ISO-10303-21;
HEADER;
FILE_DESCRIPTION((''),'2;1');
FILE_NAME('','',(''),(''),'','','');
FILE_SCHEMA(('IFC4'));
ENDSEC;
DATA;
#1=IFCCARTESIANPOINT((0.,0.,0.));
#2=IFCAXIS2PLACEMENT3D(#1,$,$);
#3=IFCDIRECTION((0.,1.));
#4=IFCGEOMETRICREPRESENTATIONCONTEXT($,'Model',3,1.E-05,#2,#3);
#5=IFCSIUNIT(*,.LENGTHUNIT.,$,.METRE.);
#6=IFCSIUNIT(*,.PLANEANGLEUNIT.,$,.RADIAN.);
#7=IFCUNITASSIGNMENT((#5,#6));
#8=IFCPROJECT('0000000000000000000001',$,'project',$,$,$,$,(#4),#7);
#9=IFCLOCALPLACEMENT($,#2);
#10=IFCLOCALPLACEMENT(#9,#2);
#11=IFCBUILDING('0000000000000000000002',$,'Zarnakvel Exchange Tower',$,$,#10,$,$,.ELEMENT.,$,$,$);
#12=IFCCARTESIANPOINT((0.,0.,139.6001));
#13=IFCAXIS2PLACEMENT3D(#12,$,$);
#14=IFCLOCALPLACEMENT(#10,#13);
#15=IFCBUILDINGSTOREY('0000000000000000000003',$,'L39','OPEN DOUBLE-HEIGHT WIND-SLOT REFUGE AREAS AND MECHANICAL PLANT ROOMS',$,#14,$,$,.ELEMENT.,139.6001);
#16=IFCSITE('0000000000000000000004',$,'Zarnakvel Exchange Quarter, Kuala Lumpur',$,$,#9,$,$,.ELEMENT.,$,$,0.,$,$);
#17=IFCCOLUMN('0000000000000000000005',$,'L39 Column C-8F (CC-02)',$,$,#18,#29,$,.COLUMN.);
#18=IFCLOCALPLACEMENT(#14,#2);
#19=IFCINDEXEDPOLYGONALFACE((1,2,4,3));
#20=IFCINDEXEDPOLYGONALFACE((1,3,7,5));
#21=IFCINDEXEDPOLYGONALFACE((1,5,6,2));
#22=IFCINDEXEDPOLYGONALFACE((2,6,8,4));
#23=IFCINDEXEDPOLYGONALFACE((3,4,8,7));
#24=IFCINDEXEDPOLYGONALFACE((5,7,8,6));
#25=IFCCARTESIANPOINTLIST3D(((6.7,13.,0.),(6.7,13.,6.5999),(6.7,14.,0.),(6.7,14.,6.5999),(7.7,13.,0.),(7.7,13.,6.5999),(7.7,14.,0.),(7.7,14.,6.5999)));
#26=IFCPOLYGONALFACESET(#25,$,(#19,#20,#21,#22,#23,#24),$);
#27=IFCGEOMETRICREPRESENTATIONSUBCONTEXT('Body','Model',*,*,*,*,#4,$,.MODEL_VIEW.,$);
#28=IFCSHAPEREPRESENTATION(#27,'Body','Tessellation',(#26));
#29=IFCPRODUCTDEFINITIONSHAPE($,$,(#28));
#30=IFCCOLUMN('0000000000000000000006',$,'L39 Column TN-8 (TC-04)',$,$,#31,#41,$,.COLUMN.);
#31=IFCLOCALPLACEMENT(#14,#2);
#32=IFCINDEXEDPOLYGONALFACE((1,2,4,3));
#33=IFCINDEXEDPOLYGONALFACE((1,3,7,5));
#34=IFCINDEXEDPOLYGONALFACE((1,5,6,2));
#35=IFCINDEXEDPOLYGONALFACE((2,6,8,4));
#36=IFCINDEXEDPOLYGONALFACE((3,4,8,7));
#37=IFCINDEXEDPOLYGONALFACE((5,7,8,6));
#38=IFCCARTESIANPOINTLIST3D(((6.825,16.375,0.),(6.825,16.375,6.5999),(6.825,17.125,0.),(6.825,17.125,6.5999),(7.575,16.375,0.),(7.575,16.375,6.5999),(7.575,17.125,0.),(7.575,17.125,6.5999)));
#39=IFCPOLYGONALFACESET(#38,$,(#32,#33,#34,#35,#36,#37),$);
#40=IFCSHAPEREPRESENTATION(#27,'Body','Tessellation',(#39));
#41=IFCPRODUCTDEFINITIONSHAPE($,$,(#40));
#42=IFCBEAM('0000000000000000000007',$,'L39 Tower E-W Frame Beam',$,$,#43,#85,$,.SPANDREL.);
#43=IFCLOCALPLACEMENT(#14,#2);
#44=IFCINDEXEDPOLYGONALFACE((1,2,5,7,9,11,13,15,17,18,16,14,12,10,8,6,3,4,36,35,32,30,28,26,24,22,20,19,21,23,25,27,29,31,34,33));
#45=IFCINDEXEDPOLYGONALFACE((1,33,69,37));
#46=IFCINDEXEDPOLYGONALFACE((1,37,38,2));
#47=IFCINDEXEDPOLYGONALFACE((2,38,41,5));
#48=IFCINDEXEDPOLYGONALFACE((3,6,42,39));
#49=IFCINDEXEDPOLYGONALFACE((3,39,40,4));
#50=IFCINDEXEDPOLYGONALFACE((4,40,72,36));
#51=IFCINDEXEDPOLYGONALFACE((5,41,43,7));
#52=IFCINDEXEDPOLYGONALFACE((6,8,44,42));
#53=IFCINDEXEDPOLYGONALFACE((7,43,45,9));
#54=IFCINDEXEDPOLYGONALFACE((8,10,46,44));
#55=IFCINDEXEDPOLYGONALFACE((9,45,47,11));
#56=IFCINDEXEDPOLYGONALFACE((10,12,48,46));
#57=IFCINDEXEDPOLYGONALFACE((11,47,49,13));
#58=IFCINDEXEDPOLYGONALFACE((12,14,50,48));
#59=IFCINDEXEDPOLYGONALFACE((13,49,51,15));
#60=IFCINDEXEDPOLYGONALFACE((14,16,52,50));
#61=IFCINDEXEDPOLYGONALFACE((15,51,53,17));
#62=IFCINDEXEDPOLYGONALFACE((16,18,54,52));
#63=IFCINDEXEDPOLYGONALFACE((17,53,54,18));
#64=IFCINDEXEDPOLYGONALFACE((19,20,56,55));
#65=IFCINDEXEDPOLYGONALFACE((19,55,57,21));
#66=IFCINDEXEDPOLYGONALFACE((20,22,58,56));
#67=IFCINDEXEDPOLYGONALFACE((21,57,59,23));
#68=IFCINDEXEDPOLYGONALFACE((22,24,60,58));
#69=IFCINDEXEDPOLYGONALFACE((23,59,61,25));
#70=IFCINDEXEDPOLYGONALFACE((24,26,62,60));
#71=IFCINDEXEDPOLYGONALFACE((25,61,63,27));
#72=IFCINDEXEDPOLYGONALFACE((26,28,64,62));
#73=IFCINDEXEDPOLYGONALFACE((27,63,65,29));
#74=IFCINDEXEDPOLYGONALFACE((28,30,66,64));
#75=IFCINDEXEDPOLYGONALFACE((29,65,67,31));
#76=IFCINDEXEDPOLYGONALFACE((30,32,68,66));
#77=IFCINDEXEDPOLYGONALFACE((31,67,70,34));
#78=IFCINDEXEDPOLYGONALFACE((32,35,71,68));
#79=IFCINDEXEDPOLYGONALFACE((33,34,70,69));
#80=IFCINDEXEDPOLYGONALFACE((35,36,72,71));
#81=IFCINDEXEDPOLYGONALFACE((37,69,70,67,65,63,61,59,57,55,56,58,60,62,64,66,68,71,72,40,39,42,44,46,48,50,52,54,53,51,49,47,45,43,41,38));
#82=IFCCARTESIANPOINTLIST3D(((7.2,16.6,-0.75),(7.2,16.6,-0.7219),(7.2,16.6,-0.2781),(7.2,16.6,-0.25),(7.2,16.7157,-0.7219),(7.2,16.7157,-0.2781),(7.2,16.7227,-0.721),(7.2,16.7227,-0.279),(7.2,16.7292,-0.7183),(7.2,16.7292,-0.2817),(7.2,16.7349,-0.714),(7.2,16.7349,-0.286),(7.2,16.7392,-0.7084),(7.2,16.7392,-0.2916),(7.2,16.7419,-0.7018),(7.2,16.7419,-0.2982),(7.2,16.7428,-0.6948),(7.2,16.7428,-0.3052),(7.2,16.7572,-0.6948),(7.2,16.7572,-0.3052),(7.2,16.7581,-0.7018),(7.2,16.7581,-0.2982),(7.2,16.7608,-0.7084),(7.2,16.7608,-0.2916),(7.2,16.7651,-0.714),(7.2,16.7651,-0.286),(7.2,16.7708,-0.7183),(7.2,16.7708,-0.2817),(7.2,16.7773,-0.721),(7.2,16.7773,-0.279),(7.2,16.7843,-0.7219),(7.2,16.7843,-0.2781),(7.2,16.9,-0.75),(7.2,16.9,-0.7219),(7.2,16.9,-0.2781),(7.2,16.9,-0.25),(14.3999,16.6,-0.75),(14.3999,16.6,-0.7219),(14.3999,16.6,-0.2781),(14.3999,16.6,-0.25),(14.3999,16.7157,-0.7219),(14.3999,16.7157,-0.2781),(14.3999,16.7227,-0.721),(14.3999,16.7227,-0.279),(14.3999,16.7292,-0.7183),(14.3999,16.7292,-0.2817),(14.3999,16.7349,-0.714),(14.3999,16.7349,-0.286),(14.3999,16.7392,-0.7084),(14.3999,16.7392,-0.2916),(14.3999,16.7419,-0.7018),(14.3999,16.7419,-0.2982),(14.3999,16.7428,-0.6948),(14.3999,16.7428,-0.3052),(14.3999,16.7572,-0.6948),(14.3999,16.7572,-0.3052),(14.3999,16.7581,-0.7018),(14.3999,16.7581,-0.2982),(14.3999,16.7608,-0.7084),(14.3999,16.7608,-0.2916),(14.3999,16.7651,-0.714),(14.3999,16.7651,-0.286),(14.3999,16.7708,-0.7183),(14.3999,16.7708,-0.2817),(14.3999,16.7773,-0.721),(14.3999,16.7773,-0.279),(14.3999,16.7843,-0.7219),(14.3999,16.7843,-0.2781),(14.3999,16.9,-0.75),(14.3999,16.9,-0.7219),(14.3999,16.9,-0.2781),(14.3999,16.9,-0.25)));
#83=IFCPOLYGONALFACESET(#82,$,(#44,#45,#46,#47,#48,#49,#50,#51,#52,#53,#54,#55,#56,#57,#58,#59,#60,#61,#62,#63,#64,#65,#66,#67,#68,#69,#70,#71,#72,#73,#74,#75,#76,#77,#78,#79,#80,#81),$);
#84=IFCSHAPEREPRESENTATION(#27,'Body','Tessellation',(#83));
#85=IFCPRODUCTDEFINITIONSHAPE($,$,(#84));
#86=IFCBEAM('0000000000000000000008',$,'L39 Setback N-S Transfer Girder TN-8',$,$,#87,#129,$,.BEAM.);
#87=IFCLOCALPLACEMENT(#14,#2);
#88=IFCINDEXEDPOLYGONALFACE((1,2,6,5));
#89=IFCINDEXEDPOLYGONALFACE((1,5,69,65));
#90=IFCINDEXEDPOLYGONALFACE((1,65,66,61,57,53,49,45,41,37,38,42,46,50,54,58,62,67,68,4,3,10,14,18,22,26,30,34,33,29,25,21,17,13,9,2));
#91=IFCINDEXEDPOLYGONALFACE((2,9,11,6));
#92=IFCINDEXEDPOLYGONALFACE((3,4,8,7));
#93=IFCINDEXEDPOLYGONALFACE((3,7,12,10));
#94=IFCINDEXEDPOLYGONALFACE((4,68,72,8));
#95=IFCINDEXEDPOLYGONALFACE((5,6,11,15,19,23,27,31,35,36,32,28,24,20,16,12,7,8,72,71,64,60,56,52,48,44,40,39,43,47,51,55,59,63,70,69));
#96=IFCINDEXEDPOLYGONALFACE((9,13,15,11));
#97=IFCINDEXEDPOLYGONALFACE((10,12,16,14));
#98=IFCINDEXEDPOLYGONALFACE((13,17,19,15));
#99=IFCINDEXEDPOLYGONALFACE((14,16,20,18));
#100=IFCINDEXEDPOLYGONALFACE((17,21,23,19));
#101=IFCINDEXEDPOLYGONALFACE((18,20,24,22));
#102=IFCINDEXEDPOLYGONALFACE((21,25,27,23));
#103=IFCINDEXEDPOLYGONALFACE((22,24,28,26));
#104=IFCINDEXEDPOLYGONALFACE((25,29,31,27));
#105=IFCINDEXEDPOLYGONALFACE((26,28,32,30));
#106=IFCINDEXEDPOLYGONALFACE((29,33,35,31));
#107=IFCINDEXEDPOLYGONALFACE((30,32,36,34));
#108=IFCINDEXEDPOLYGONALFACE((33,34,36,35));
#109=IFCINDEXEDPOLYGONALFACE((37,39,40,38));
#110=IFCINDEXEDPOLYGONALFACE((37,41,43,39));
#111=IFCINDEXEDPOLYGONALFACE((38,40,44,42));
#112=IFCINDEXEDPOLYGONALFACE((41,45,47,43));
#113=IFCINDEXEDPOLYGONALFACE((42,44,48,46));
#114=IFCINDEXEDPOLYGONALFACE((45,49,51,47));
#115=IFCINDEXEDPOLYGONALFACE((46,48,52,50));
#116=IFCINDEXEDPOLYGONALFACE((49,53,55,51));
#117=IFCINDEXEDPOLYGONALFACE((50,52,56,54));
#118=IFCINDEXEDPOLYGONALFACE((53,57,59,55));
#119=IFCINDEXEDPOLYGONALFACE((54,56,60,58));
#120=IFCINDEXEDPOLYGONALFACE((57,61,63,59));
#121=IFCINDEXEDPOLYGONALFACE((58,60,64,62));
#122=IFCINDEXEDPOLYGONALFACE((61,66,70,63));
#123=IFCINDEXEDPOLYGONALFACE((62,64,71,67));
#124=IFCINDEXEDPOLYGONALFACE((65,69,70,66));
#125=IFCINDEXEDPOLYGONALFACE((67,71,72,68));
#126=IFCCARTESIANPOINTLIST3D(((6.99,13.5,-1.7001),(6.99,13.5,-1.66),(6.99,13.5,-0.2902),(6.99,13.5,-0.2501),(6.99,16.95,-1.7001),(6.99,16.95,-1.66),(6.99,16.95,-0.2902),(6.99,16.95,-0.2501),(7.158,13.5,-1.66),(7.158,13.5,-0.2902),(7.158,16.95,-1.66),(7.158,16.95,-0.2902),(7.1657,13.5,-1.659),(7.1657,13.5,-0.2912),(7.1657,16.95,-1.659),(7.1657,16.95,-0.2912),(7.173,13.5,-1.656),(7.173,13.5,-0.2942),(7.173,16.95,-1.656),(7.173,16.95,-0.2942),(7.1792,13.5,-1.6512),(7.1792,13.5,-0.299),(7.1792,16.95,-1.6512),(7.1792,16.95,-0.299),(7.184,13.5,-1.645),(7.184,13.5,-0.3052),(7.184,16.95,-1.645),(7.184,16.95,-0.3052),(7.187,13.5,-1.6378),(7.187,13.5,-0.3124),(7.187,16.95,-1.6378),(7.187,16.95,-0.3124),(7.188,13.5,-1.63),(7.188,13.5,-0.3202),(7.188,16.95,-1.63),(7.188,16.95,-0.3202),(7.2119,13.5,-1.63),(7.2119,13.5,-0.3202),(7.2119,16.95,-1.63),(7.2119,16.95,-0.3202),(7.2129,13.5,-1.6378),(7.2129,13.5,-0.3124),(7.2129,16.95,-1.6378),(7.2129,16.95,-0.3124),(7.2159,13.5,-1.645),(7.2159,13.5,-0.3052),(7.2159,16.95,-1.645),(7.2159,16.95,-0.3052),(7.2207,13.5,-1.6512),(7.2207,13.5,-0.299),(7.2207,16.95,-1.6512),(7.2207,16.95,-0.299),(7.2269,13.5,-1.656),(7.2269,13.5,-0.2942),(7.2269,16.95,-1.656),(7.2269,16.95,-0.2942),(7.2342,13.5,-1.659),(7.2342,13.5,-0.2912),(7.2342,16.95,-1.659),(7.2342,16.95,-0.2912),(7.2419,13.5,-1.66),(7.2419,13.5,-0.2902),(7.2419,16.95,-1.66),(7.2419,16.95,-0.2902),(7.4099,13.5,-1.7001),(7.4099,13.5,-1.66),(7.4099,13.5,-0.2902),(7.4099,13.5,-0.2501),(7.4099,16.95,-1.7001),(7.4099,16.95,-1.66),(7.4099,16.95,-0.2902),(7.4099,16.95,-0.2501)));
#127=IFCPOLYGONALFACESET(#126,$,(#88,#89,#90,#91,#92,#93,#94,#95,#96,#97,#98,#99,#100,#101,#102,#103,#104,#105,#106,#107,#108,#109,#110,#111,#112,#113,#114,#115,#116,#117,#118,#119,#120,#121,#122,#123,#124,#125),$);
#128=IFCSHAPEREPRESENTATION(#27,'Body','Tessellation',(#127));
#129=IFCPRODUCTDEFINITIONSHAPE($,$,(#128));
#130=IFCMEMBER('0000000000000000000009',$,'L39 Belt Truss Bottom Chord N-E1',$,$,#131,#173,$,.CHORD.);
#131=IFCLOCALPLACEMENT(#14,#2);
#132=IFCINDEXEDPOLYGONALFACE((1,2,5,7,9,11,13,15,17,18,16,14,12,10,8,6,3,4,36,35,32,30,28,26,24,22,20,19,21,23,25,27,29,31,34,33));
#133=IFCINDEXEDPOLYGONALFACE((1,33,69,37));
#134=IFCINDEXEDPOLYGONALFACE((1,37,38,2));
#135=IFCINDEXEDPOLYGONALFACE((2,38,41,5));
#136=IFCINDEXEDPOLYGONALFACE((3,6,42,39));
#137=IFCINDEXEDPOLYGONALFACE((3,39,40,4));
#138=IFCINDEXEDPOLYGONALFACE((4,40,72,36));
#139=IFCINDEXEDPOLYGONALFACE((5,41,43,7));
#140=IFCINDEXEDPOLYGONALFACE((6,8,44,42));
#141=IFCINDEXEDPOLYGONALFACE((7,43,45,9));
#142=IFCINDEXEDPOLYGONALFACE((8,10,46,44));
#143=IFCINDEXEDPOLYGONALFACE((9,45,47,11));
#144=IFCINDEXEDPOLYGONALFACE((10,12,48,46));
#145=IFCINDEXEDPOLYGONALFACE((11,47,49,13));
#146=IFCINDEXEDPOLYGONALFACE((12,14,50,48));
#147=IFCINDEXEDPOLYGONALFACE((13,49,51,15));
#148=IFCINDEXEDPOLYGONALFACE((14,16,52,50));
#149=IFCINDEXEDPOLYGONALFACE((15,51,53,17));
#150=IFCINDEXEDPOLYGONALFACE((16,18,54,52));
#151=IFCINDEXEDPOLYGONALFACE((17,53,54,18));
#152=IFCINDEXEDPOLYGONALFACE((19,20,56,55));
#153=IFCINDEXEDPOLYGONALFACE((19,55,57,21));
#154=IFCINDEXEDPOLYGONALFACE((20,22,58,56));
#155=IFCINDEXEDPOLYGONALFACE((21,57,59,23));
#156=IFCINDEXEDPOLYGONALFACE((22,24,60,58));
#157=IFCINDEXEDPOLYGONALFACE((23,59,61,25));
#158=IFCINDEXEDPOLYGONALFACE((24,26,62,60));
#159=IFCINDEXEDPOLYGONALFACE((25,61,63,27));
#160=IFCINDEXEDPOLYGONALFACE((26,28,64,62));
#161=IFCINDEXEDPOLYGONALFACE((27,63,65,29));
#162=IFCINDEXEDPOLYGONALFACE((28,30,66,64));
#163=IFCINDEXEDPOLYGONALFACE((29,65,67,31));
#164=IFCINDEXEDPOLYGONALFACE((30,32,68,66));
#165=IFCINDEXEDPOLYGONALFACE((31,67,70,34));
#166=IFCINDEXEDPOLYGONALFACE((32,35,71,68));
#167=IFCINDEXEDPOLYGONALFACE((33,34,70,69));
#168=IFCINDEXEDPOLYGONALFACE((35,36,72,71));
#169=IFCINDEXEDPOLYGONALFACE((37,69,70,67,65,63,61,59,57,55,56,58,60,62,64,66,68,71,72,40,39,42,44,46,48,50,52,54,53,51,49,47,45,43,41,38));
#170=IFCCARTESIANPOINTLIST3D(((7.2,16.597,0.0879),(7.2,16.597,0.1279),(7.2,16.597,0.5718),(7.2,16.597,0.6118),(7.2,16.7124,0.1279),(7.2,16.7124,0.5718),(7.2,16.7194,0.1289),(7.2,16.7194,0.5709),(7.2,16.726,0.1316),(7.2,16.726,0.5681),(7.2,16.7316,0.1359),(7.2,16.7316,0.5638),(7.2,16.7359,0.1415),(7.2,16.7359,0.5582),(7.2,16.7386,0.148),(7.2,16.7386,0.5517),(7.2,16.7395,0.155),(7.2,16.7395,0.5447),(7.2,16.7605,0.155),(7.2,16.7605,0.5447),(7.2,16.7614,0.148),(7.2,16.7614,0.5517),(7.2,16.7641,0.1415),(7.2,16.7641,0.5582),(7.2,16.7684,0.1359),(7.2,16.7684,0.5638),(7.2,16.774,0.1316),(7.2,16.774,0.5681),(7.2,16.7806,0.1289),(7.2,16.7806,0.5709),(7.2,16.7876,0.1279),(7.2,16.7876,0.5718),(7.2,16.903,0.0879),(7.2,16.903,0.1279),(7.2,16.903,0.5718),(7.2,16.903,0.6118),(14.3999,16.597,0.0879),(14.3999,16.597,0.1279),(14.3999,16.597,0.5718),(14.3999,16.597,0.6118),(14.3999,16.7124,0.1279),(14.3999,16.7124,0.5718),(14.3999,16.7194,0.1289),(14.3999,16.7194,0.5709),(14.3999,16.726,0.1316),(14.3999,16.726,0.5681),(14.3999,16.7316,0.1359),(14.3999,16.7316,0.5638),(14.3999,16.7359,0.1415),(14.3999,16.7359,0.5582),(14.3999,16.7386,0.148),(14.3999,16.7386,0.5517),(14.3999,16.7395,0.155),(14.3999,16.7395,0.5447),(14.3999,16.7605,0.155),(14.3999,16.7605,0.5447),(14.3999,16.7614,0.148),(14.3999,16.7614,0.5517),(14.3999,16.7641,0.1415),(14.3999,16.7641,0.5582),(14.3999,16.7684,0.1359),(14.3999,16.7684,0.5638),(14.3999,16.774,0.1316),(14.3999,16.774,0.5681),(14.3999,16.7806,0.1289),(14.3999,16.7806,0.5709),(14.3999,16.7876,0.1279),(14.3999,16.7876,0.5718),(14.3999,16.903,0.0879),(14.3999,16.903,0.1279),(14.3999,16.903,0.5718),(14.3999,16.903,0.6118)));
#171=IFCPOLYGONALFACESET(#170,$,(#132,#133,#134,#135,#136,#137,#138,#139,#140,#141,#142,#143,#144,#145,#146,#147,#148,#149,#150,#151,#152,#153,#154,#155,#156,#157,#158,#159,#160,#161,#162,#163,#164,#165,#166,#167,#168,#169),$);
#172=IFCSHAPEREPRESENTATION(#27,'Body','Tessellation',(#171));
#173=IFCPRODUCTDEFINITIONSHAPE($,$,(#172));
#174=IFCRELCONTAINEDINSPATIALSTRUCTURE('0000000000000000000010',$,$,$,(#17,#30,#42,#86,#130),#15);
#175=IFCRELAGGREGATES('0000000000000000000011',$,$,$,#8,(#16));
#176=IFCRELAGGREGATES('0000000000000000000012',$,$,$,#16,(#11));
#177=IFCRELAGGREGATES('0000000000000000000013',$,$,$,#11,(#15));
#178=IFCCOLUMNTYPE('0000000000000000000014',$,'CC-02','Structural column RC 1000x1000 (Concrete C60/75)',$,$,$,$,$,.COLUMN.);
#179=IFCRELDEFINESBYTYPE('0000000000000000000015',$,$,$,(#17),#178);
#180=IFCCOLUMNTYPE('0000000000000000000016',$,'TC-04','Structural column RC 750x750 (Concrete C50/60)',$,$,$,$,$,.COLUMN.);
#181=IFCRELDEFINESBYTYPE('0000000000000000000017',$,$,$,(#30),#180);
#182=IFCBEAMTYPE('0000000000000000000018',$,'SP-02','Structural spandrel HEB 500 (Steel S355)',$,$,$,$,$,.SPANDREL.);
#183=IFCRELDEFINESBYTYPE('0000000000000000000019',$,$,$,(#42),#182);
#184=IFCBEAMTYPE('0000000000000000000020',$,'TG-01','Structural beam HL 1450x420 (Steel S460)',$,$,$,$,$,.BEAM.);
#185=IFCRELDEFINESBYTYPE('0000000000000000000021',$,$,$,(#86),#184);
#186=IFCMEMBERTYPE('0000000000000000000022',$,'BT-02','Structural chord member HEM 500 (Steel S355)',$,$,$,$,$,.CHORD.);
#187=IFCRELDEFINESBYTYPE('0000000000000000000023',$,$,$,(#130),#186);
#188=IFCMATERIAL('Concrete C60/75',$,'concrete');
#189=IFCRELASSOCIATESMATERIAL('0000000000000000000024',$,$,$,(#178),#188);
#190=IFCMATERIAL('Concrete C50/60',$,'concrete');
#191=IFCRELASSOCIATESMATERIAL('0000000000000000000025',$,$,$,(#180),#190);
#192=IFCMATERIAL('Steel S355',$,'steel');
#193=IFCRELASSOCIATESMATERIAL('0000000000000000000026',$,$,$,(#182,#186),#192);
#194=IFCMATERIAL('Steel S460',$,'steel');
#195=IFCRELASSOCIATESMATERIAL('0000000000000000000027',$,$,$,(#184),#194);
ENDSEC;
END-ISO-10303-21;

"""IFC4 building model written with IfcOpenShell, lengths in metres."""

from ifc_helpers import new_model, si_unit, direction, frame, origin, origin_2d, place, context, subcontext, project, spatial, rectangle, i_section, extrude, source, transform, mapped, material, material_profile, profile_set, type_object, element, save


model = new_model("IFC4")

# Units and contexts
model_context = context("Model", 3, precision=1e-05, world=origin(), true_north=direction((0.0, 1.0)))
body_context = subcontext(model_context, "Body", "Model", "MODEL_VIEW")
ifc_project = project(units=[si_unit("LENGTHUNIT", "METRE"), si_unit("PLANEANGLEUNIT", "RADIAN")], contexts=[model_context])

# Site, building, storey
site_placement = place(None, origin())
site = spatial("IfcSite", under=ifc_project, at=site_placement, Name="Zarnakvel Exchange Quarter, Kuala Lumpur", CompositionType="ELEMENT", RefElevation=0.0)
building_placement = place(site_placement, origin())
building = spatial("IfcBuilding", under=site, at=building_placement, Name="Zarnakvel Exchange Tower", CompositionType="ELEMENT")
storey_placement = place(building_placement, frame((0.0, 0.0, 139.6001)))
storey = spatial("IfcBuildingStorey", under=building, at=storey_placement, Name="L39", Description="OPEN DOUBLE-HEIGHT WIND-SLOT REFUGE AREAS AND MECHANICAL PLANT ROOMS", CompositionType="ELEMENT", Elevation=139.6001)

# Columns
ifc_material_1 = material(Name="Concrete C60/75", Category="concrete")
ifc_material_profile_1 = material_profile(ifc_material_1, rectangle(XDim=1.0, YDim=1.0, at=origin_2d()))
ifc_profile_set_1 = profile_set([ifc_material_profile_1], Name="Concrete C60/75")
column_type_1 = type_object("IfcColumnType", Name="CC-02", Description="Structural column RC 1000x1000 (Concrete C60/75)", PredefinedType="COLUMN", material=ifc_profile_set_1)
column_1_placement = place(storey_placement, frame((7.2, 13.5, 0.0), z_axis=(0.0, 0.0, 1.0), x_axis=(1.0, 0.0, 0.0)))
element("IfcColumn", 1, at=column_1_placement, inside=storey, type_object=column_type_1, Name="L39 Column C-8F (CC-02)", PredefinedType="COLUMN", context=body_context, shape_type="SweptSolid", body=[
    extrude(rectangle(XDim=1.0, YDim=1.0, at=origin_2d()), origin(), (0.0, 0.0, 1.0), 6.5999),
])
ifc_material_2 = material(Name="Concrete C50/60", Category="concrete")
ifc_material_profile_2 = material_profile(ifc_material_2, rectangle(XDim=0.75, YDim=0.75, at=origin_2d()))
ifc_profile_set_2 = profile_set([ifc_material_profile_2], Name="Concrete C50/60")
column_type_2 = type_object("IfcColumnType", Name="TC-04", Description="Structural column RC 750x750 (Concrete C50/60)", PredefinedType="COLUMN", material=ifc_profile_set_2)
column_2_placement = place(storey_placement, frame((7.2, 16.75, 0.0), z_axis=(0.0, 0.0, 1.0), x_axis=(1.0, 0.0, 0.0)))
element("IfcColumn", 2, at=column_2_placement, inside=storey, type_object=column_type_2, Name="L39 Column TN-8 (TC-04)", PredefinedType="COLUMN", context=body_context, shape_type="SweptSolid", body=[
    extrude(rectangle(XDim=0.75, YDim=0.75, at=origin_2d()), origin(), (0.0, 0.0, 1.0), 6.5999),
])

# Beams
ifc_material_3 = material(Name="Steel S355", Category="steel")
ifc_material_profile_3 = material_profile(ifc_material_3, i_section(OverallWidth=0.3, OverallDepth=0.5, WebThickness=0.0144, FlangeThickness=0.0281, FilletRadius=0.0271, at=origin_2d()))
ifc_profile_set_3 = profile_set([ifc_material_profile_3], Name="Steel S355")
beam_type_1 = type_object("IfcBeamType", Name="SP-02", Description="Structural spandrel HEB 500 (Steel S355)", PredefinedType="SPANDREL", material=ifc_profile_set_3)
beam_1_placement = place(storey_placement, frame((7.2, 16.75, -0.5), z_axis=(1.0, 0.0, 0.0), x_axis=(0.0, 1.0, 0.0)))
element("IfcBeam", 3, at=beam_1_placement, inside=storey, type_object=beam_type_1, Name="L39 Tower E-W Frame Beam", PredefinedType="SPANDREL", context=body_context, shape_type="SweptSolid", body=[
    extrude(i_section(OverallWidth=0.3, OverallDepth=0.5, WebThickness=0.0144, FlangeThickness=0.0281, FilletRadius=0.0271, at=origin_2d()), origin(), (0.0, 0.0, 1.0), 7.2),
])
ifc_material_4 = material(Name="Steel S460", Category="steel")
ifc_material_profile_4 = material_profile(ifc_material_4, i_section(OverallWidth=0.4199, OverallDepth=1.45, WebThickness=0.0239, FlangeThickness=0.04, FilletRadius=0.03, at=origin_2d()))
ifc_profile_set_4 = profile_set([ifc_material_profile_4], Name="Steel S460")
beam_type_2 = type_object("IfcBeamType", Name="TG-01", Description="Structural beam HL 1450x420 (Steel S460)", PredefinedType="BEAM", material=ifc_profile_set_4)
beam_2_placement = place(storey_placement, frame((7.2, 13.5, -0.9751), z_axis=(0.0, 1.0, 0.0), x_axis=(-1.0, 0.0, 0.0)))
element("IfcBeam", 4, at=beam_2_placement, inside=storey, type_object=beam_type_2, Name="L39 Setback N-S Transfer Girder TN-8", PredefinedType="BEAM", context=body_context, shape_type="SweptSolid", body=[
    extrude(i_section(OverallWidth=0.4199, OverallDepth=1.45, WebThickness=0.0239, FlangeThickness=0.04, FilletRadius=0.03, at=origin_2d()), origin(), (0.0, 0.0, 1.0), 3.45),
])

# Member
ifc_material_profile_5 = material_profile(ifc_material_3, i_section(OverallWidth=0.3059, OverallDepth=0.5239, WebThickness=0.021, FlangeThickness=0.04, FilletRadius=0.0271, at=origin_2d()))
ifc_profile_set_5 = profile_set([ifc_material_profile_5], Name="Steel S355")
member_type_1 = type_object("IfcMemberType", Name="BT-02", Description="Structural chord member HEM 500 (Steel S355)", PredefinedType="CHORD", material=ifc_profile_set_5)
shared_shape_1 = source(origin(), body_context, "Body", "SweptSolid", [
    extrude(i_section(OverallWidth=0.3059, OverallDepth=0.5239, WebThickness=0.021, FlangeThickness=0.04, FilletRadius=0.0271, at=origin_2d()), origin(), (0.0, 0.0, 1.0), 7.2),
])
for number, where, z_axis, x_axis, name in (
    (5, (7.2, 16.75, 0.3499), (1.0, 0.0, 0.0), (0.0, 1.0, 0.0), "L39 Belt Truss Bottom Chord N-E1"),
):
    element("IfcMember", number, at=place(storey_placement, frame(where, z_axis=z_axis, x_axis=x_axis)), inside=storey, type_object=member_type_1, Name=name, PredefinedType="CHORD", context=body_context, shape_type="MappedRepresentation", body=[
        mapped(shared_shape_1, transform((0.0, 0.0, 0.0), x_axis=(1.0, 0.0, 0.0), y_axis=(0.0, 1.0, 0.0), z_axis=(0.0, 0.0, 1.0), scale=1.0)),
    ])

save(model, "model.ifc")
